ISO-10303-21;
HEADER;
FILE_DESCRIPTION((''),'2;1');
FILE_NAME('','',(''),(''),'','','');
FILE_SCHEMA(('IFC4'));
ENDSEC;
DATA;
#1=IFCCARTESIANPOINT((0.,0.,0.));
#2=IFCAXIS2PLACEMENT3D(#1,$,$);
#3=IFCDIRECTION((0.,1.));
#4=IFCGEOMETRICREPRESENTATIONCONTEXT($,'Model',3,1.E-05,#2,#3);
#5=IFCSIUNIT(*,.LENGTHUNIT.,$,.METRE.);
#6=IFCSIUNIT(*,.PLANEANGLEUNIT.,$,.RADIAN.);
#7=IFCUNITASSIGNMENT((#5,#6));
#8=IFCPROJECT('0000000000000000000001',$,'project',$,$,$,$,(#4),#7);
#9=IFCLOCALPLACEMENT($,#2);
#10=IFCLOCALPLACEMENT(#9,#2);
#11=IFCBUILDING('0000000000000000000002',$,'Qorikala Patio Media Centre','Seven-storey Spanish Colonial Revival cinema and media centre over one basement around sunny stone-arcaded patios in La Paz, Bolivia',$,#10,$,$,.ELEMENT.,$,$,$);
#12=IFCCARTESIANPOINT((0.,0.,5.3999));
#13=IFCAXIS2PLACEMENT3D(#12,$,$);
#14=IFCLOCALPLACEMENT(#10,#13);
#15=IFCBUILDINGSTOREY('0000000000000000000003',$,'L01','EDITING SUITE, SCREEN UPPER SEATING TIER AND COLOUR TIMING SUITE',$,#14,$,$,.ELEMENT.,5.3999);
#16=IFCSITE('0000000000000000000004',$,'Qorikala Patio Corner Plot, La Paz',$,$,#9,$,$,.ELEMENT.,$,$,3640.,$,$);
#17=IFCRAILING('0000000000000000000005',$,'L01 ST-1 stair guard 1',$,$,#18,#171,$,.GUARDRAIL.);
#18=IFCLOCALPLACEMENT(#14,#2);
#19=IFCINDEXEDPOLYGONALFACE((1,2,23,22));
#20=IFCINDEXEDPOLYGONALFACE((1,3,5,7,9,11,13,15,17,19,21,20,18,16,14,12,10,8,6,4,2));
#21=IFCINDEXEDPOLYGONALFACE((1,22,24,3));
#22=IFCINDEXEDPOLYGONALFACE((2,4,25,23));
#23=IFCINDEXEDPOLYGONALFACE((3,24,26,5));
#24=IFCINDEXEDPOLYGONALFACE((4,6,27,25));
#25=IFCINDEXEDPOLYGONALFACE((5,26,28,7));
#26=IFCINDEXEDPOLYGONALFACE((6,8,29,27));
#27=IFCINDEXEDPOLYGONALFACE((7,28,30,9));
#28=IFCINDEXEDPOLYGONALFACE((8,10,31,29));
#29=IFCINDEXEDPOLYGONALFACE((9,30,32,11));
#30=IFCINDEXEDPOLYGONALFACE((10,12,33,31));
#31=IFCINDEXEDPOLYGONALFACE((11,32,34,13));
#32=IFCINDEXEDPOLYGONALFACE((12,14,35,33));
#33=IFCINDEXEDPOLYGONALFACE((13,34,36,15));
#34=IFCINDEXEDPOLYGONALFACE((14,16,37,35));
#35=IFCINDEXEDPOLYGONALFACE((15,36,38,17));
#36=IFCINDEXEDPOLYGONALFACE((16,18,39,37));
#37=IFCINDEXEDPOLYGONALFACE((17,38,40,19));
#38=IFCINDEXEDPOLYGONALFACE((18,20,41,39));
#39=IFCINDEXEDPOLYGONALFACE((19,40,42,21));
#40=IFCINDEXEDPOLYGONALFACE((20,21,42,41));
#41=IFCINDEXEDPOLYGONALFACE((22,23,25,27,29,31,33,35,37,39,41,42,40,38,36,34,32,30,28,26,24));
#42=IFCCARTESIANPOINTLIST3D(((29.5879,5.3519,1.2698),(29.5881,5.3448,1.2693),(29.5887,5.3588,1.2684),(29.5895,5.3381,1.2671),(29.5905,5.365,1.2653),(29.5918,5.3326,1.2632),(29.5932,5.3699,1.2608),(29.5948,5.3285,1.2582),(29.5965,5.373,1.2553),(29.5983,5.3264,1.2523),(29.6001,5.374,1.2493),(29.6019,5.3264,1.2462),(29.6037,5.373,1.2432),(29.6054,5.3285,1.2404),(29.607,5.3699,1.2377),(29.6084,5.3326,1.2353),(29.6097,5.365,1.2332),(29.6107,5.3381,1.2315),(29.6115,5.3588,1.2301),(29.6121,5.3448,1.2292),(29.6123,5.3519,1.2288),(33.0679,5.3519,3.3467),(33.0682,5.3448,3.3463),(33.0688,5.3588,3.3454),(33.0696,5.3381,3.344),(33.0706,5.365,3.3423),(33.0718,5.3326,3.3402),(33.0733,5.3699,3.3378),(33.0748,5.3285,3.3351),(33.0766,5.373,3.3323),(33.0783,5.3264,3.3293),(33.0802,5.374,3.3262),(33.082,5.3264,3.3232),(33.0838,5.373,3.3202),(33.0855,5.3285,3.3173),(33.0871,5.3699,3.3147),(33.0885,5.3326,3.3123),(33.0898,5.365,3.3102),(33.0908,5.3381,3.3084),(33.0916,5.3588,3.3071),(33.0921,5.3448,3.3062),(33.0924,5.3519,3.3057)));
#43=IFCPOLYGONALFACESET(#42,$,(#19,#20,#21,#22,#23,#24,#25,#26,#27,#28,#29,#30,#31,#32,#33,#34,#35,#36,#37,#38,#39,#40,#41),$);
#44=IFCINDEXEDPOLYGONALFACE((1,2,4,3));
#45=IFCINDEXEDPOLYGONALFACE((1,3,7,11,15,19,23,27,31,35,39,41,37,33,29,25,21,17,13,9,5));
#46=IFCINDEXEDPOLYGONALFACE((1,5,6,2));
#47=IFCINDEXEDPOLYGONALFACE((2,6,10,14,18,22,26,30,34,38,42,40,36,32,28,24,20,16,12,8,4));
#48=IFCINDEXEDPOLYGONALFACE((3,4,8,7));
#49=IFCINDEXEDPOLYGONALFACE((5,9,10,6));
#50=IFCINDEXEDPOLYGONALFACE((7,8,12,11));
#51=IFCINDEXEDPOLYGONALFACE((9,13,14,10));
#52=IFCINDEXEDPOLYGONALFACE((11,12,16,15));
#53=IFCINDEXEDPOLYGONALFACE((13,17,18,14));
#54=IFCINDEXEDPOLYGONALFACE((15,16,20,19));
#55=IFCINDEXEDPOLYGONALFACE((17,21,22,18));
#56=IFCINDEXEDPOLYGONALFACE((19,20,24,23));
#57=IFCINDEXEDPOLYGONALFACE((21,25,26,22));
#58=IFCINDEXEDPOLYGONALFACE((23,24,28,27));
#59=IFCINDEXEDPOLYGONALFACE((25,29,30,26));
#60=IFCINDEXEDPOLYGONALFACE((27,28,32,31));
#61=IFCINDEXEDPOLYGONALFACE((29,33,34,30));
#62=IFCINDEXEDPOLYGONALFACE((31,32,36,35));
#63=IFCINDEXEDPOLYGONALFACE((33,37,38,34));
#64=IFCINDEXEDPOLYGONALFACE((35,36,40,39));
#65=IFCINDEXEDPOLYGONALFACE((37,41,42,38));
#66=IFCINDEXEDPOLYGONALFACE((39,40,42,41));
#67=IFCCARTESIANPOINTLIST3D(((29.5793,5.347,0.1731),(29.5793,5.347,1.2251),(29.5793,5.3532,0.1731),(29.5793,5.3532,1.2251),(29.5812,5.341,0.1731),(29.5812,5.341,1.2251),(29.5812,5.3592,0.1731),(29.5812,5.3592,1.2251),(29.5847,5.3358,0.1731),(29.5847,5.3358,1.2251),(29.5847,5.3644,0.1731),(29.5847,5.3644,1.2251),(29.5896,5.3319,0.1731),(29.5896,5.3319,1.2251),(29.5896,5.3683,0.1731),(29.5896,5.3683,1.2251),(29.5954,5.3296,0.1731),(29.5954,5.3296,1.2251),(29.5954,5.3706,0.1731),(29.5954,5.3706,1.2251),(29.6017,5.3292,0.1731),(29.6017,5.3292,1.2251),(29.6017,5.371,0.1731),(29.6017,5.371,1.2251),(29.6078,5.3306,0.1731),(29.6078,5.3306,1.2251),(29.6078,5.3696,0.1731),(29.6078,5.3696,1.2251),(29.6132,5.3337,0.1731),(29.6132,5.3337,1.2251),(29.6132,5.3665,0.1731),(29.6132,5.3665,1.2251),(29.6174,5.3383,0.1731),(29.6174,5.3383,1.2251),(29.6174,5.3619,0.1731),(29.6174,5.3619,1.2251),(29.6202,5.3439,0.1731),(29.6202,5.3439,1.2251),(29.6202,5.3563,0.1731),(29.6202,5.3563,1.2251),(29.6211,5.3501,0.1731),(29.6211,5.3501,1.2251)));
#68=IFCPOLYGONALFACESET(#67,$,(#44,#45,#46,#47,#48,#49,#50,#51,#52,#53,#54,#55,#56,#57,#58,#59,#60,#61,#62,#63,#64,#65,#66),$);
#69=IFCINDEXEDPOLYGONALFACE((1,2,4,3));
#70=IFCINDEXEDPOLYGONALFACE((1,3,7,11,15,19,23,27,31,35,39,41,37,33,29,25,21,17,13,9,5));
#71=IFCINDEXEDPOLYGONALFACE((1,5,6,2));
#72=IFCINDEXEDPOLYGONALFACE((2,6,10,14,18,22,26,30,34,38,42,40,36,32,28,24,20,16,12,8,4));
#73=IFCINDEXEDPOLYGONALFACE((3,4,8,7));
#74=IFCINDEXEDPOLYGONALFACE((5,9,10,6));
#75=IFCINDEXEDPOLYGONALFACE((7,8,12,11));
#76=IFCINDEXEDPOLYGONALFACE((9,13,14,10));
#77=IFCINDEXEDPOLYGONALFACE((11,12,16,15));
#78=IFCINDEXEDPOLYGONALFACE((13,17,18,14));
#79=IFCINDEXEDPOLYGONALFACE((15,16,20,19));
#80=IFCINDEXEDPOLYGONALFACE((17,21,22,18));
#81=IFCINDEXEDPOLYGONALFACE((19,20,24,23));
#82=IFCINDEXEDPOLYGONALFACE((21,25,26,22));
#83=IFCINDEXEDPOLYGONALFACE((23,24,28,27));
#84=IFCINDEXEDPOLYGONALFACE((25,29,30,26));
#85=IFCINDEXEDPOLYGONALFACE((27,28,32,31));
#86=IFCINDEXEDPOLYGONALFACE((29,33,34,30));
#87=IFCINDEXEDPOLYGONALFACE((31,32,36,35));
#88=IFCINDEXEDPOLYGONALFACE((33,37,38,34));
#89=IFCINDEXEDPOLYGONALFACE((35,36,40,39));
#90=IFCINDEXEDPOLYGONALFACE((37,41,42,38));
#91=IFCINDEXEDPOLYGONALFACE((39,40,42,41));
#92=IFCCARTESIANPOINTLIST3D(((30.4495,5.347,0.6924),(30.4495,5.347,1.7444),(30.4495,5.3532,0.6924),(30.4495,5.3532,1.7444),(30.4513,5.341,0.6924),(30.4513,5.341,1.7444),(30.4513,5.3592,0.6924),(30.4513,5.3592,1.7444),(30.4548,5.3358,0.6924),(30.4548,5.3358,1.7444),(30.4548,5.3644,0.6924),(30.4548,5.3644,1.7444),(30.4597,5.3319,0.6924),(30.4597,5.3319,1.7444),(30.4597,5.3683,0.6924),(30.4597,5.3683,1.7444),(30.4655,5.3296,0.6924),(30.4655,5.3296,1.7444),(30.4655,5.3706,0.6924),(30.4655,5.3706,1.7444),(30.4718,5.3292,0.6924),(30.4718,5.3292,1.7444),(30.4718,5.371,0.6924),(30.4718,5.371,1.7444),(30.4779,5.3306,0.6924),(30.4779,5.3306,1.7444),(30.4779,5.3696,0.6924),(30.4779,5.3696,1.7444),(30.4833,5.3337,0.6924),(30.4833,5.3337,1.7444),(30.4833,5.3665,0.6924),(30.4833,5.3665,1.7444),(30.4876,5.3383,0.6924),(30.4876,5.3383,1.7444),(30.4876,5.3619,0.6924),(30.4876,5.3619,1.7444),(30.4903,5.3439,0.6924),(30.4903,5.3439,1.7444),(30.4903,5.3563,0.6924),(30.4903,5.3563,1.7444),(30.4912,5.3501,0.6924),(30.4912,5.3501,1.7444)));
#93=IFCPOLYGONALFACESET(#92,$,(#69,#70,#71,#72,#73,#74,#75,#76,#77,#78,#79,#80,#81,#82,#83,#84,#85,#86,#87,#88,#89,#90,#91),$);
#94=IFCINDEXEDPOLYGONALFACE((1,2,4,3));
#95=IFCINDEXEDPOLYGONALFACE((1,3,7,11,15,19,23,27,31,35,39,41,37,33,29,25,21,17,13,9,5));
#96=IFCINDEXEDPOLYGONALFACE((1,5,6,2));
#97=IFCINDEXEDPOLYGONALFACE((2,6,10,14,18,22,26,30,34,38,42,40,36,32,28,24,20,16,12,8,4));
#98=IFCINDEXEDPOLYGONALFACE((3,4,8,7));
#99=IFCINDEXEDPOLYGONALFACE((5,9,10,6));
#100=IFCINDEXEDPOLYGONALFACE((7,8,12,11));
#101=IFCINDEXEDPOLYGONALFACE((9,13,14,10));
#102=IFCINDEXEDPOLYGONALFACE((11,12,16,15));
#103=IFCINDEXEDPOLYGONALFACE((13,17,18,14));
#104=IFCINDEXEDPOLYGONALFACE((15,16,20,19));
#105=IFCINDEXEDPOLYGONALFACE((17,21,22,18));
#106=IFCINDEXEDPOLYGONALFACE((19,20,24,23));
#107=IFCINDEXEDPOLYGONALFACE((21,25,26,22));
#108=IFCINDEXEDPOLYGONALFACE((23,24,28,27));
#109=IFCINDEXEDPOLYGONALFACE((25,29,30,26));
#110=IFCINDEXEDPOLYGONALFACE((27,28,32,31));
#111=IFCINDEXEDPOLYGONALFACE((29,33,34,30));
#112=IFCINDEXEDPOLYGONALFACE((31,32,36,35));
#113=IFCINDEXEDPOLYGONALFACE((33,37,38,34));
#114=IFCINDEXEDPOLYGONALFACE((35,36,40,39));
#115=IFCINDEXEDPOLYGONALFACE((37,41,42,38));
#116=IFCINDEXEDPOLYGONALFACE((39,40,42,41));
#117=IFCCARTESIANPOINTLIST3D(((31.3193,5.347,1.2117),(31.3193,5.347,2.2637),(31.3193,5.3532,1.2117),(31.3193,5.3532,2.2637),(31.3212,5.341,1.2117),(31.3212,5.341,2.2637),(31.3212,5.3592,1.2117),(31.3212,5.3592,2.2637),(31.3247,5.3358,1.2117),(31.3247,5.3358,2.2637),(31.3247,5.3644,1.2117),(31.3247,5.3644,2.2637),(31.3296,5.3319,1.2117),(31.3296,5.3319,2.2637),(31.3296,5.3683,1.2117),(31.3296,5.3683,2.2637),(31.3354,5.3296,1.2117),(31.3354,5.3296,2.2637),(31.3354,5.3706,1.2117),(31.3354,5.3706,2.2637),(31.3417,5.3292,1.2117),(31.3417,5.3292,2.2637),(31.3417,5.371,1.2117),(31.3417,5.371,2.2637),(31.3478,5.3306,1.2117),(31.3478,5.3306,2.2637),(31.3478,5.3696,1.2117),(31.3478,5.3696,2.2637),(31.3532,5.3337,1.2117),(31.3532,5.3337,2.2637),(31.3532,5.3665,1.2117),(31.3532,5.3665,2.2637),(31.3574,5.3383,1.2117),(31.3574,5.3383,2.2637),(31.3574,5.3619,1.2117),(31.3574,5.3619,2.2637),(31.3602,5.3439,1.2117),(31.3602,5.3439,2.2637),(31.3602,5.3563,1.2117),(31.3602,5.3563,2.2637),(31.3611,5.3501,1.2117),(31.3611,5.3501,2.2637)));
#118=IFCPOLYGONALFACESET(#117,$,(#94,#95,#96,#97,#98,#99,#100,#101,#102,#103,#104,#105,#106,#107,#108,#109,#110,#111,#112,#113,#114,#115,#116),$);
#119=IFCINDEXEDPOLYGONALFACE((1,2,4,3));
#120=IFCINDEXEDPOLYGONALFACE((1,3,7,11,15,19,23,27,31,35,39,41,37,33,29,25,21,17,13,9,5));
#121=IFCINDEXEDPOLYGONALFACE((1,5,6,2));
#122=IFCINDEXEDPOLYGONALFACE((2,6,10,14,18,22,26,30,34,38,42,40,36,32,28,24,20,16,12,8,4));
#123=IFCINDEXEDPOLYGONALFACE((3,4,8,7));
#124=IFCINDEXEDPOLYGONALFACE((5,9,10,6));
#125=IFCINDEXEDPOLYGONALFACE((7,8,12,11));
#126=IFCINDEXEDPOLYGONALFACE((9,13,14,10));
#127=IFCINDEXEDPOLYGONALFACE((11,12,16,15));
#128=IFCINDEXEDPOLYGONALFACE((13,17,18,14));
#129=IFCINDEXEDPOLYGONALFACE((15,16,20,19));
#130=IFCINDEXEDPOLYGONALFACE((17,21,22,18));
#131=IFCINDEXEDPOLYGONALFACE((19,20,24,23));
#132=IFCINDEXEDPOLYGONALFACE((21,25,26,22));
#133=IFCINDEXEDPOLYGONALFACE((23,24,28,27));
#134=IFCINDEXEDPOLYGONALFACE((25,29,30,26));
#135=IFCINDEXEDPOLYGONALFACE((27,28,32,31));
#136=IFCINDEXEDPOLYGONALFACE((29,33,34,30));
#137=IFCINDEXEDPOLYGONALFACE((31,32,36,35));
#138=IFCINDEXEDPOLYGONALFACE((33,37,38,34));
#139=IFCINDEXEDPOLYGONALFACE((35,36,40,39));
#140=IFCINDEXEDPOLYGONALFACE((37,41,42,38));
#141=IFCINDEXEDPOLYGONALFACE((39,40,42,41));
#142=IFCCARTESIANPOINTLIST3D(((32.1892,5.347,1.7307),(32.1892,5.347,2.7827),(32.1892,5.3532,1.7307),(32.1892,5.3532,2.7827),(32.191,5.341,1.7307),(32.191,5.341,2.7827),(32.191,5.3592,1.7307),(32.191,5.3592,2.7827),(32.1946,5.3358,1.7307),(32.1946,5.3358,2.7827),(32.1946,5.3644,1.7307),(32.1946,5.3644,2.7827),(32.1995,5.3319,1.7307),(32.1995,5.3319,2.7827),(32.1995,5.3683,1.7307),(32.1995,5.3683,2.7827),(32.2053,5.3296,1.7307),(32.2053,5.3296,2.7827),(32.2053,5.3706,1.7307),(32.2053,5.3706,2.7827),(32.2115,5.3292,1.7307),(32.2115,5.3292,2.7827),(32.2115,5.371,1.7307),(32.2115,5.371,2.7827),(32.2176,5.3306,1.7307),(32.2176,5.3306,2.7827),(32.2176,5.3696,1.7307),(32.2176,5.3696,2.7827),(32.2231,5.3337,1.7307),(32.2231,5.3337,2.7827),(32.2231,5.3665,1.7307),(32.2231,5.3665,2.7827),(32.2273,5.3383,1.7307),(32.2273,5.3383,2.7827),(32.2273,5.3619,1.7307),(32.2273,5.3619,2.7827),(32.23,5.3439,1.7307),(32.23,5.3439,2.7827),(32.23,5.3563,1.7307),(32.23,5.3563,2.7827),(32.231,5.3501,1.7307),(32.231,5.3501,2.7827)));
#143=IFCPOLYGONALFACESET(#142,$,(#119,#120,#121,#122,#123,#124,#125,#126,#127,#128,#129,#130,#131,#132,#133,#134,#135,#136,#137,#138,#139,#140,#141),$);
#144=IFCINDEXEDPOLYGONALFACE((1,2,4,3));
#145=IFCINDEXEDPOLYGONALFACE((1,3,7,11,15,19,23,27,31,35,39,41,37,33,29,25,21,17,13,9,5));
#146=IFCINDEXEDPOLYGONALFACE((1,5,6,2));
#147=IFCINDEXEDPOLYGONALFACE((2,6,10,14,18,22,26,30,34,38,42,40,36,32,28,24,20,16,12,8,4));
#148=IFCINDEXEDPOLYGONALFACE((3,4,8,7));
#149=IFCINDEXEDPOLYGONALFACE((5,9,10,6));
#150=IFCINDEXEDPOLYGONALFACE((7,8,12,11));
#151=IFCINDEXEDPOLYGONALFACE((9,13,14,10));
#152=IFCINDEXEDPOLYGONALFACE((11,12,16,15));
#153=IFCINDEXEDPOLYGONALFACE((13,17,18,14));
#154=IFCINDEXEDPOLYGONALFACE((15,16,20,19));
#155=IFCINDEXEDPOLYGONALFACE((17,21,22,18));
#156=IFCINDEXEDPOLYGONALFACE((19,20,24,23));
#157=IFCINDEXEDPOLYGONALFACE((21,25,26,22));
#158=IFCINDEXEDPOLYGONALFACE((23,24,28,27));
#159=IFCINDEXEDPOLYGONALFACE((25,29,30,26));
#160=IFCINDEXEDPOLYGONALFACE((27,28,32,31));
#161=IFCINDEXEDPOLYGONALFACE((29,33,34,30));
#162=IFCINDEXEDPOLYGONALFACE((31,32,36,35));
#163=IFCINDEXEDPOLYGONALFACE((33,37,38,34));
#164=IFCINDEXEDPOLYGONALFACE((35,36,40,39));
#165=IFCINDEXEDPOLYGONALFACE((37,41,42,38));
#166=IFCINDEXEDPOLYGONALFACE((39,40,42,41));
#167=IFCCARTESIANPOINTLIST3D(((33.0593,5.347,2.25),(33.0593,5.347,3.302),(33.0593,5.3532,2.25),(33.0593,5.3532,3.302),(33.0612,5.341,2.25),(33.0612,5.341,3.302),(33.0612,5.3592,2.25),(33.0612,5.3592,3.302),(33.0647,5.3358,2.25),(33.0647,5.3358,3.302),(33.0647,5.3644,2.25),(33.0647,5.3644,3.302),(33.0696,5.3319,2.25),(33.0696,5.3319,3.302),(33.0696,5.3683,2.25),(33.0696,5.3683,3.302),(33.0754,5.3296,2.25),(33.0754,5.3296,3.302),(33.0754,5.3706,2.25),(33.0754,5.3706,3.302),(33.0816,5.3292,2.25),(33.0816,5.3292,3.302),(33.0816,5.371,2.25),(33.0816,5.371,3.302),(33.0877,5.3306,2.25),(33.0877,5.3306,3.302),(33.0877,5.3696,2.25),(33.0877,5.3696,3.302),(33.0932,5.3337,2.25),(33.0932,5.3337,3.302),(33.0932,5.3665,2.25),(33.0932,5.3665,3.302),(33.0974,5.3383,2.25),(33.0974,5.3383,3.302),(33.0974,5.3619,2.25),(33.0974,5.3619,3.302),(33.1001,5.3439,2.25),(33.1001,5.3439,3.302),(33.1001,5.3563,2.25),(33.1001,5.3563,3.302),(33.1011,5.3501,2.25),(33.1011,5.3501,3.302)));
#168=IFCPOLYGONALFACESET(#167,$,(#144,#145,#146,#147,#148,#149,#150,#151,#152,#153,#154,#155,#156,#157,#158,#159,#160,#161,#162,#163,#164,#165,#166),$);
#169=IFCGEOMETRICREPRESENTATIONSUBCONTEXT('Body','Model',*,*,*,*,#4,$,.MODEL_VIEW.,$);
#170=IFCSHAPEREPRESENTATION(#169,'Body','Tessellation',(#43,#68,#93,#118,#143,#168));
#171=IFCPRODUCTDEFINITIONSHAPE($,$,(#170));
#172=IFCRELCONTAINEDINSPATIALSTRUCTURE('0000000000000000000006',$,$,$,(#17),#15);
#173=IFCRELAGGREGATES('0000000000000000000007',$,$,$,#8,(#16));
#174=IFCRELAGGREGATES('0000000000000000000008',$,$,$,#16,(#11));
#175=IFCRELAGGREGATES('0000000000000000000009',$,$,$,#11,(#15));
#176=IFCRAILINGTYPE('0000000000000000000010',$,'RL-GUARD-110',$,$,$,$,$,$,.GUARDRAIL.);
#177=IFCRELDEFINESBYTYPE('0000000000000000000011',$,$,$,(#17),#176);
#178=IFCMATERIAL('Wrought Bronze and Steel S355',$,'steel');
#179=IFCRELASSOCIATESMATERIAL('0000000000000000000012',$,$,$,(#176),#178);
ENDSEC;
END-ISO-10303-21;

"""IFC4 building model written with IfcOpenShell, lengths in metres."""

from ifc_helpers import new_model, si_unit, direction, frame, origin, origin_2d, place, context, subcontext, project, spatial, circle, extrude, material, type_object, element, save


model = new_model("IFC4")

# Units and contexts
model_context = context("Model", 3, precision=1e-05, world=origin(), true_north=direction((0.0, 1.0)))
body_context = subcontext(model_context, "Body", "Model", "MODEL_VIEW")
ifc_project = project(units=[si_unit("LENGTHUNIT", "METRE"), si_unit("PLANEANGLEUNIT", "RADIAN")], contexts=[model_context])

# Site, building, storey
site_placement = place(None, origin())
site = spatial("IfcSite", under=ifc_project, at=site_placement, Name="Qorikala Patio Corner Plot, La Paz", CompositionType="ELEMENT", RefElevation=3640.0)
building_placement = place(site_placement, origin())
building = spatial("IfcBuilding", under=site, at=building_placement, Name="Qorikala Patio Media Centre", Description="Seven-storey Spanish Colonial Revival cinema and media centre over one basement around sunny stone-arcaded patios in La Paz, Bolivia", CompositionType="ELEMENT")
storey_placement = place(building_placement, frame((0.0, 0.0, 5.3999)))
storey = spatial("IfcBuildingStorey", under=building, at=storey_placement, Name="L01", Description="EDITING SUITE, SCREEN UPPER SEATING TIER AND COLOUR TIMING SUITE", CompositionType="ELEMENT", Elevation=5.3999)

# Railing
ifc_material_1 = material(Name="Wrought Bronze and Steel S355", Category="steel")
railing_type_1 = type_object("IfcRailingType", Name="RL-GUARD-110", PredefinedType="GUARDRAIL", material=ifc_material_1)
railing_1_placement = place(storey_placement, frame((29.6001, 5.3501, 0.1731)))
element("IfcRailing", 1, at=railing_1_placement, inside=storey, type_object=railing_type_1, Name="L01 ST-1 stair guard 1", PredefinedType="GUARDRAIL", context=body_context, shape_type="SweptSolid", body=[
    extrude(circle(Radius=0.0239, at=origin_2d()), frame((0.0, 0.0, 1.0762), z_axis=(0.858697, 0.0, 0.512483), x_axis=(0.0, 1.0, 0.0)), (0.0, 0.0, 1.0), 4.0527),
    extrude(circle(Radius=0.021, at=origin_2d()), origin(), (0.0, 0.0, 1.0), 1.052),
    extrude(circle(Radius=0.021, at=origin_2d()), frame((0.8701, 0.0, 0.5193)), (0.0, 0.0, 1.0), 1.052),
    extrude(circle(Radius=0.021, at=origin_2d()), frame((1.74, 0.0, 1.0386)), (0.0, 0.0, 1.0), 1.052),
    extrude(circle(Radius=0.021, at=origin_2d()), frame((2.6099, 0.0, 1.5576)), (0.0, 0.0, 1.0), 1.052),
    extrude(circle(Radius=0.021, at=origin_2d()), frame((3.48, 0.0, 2.0769)), (0.0, 0.0, 1.0), 1.052),
])

save(model, "model.ifc")
